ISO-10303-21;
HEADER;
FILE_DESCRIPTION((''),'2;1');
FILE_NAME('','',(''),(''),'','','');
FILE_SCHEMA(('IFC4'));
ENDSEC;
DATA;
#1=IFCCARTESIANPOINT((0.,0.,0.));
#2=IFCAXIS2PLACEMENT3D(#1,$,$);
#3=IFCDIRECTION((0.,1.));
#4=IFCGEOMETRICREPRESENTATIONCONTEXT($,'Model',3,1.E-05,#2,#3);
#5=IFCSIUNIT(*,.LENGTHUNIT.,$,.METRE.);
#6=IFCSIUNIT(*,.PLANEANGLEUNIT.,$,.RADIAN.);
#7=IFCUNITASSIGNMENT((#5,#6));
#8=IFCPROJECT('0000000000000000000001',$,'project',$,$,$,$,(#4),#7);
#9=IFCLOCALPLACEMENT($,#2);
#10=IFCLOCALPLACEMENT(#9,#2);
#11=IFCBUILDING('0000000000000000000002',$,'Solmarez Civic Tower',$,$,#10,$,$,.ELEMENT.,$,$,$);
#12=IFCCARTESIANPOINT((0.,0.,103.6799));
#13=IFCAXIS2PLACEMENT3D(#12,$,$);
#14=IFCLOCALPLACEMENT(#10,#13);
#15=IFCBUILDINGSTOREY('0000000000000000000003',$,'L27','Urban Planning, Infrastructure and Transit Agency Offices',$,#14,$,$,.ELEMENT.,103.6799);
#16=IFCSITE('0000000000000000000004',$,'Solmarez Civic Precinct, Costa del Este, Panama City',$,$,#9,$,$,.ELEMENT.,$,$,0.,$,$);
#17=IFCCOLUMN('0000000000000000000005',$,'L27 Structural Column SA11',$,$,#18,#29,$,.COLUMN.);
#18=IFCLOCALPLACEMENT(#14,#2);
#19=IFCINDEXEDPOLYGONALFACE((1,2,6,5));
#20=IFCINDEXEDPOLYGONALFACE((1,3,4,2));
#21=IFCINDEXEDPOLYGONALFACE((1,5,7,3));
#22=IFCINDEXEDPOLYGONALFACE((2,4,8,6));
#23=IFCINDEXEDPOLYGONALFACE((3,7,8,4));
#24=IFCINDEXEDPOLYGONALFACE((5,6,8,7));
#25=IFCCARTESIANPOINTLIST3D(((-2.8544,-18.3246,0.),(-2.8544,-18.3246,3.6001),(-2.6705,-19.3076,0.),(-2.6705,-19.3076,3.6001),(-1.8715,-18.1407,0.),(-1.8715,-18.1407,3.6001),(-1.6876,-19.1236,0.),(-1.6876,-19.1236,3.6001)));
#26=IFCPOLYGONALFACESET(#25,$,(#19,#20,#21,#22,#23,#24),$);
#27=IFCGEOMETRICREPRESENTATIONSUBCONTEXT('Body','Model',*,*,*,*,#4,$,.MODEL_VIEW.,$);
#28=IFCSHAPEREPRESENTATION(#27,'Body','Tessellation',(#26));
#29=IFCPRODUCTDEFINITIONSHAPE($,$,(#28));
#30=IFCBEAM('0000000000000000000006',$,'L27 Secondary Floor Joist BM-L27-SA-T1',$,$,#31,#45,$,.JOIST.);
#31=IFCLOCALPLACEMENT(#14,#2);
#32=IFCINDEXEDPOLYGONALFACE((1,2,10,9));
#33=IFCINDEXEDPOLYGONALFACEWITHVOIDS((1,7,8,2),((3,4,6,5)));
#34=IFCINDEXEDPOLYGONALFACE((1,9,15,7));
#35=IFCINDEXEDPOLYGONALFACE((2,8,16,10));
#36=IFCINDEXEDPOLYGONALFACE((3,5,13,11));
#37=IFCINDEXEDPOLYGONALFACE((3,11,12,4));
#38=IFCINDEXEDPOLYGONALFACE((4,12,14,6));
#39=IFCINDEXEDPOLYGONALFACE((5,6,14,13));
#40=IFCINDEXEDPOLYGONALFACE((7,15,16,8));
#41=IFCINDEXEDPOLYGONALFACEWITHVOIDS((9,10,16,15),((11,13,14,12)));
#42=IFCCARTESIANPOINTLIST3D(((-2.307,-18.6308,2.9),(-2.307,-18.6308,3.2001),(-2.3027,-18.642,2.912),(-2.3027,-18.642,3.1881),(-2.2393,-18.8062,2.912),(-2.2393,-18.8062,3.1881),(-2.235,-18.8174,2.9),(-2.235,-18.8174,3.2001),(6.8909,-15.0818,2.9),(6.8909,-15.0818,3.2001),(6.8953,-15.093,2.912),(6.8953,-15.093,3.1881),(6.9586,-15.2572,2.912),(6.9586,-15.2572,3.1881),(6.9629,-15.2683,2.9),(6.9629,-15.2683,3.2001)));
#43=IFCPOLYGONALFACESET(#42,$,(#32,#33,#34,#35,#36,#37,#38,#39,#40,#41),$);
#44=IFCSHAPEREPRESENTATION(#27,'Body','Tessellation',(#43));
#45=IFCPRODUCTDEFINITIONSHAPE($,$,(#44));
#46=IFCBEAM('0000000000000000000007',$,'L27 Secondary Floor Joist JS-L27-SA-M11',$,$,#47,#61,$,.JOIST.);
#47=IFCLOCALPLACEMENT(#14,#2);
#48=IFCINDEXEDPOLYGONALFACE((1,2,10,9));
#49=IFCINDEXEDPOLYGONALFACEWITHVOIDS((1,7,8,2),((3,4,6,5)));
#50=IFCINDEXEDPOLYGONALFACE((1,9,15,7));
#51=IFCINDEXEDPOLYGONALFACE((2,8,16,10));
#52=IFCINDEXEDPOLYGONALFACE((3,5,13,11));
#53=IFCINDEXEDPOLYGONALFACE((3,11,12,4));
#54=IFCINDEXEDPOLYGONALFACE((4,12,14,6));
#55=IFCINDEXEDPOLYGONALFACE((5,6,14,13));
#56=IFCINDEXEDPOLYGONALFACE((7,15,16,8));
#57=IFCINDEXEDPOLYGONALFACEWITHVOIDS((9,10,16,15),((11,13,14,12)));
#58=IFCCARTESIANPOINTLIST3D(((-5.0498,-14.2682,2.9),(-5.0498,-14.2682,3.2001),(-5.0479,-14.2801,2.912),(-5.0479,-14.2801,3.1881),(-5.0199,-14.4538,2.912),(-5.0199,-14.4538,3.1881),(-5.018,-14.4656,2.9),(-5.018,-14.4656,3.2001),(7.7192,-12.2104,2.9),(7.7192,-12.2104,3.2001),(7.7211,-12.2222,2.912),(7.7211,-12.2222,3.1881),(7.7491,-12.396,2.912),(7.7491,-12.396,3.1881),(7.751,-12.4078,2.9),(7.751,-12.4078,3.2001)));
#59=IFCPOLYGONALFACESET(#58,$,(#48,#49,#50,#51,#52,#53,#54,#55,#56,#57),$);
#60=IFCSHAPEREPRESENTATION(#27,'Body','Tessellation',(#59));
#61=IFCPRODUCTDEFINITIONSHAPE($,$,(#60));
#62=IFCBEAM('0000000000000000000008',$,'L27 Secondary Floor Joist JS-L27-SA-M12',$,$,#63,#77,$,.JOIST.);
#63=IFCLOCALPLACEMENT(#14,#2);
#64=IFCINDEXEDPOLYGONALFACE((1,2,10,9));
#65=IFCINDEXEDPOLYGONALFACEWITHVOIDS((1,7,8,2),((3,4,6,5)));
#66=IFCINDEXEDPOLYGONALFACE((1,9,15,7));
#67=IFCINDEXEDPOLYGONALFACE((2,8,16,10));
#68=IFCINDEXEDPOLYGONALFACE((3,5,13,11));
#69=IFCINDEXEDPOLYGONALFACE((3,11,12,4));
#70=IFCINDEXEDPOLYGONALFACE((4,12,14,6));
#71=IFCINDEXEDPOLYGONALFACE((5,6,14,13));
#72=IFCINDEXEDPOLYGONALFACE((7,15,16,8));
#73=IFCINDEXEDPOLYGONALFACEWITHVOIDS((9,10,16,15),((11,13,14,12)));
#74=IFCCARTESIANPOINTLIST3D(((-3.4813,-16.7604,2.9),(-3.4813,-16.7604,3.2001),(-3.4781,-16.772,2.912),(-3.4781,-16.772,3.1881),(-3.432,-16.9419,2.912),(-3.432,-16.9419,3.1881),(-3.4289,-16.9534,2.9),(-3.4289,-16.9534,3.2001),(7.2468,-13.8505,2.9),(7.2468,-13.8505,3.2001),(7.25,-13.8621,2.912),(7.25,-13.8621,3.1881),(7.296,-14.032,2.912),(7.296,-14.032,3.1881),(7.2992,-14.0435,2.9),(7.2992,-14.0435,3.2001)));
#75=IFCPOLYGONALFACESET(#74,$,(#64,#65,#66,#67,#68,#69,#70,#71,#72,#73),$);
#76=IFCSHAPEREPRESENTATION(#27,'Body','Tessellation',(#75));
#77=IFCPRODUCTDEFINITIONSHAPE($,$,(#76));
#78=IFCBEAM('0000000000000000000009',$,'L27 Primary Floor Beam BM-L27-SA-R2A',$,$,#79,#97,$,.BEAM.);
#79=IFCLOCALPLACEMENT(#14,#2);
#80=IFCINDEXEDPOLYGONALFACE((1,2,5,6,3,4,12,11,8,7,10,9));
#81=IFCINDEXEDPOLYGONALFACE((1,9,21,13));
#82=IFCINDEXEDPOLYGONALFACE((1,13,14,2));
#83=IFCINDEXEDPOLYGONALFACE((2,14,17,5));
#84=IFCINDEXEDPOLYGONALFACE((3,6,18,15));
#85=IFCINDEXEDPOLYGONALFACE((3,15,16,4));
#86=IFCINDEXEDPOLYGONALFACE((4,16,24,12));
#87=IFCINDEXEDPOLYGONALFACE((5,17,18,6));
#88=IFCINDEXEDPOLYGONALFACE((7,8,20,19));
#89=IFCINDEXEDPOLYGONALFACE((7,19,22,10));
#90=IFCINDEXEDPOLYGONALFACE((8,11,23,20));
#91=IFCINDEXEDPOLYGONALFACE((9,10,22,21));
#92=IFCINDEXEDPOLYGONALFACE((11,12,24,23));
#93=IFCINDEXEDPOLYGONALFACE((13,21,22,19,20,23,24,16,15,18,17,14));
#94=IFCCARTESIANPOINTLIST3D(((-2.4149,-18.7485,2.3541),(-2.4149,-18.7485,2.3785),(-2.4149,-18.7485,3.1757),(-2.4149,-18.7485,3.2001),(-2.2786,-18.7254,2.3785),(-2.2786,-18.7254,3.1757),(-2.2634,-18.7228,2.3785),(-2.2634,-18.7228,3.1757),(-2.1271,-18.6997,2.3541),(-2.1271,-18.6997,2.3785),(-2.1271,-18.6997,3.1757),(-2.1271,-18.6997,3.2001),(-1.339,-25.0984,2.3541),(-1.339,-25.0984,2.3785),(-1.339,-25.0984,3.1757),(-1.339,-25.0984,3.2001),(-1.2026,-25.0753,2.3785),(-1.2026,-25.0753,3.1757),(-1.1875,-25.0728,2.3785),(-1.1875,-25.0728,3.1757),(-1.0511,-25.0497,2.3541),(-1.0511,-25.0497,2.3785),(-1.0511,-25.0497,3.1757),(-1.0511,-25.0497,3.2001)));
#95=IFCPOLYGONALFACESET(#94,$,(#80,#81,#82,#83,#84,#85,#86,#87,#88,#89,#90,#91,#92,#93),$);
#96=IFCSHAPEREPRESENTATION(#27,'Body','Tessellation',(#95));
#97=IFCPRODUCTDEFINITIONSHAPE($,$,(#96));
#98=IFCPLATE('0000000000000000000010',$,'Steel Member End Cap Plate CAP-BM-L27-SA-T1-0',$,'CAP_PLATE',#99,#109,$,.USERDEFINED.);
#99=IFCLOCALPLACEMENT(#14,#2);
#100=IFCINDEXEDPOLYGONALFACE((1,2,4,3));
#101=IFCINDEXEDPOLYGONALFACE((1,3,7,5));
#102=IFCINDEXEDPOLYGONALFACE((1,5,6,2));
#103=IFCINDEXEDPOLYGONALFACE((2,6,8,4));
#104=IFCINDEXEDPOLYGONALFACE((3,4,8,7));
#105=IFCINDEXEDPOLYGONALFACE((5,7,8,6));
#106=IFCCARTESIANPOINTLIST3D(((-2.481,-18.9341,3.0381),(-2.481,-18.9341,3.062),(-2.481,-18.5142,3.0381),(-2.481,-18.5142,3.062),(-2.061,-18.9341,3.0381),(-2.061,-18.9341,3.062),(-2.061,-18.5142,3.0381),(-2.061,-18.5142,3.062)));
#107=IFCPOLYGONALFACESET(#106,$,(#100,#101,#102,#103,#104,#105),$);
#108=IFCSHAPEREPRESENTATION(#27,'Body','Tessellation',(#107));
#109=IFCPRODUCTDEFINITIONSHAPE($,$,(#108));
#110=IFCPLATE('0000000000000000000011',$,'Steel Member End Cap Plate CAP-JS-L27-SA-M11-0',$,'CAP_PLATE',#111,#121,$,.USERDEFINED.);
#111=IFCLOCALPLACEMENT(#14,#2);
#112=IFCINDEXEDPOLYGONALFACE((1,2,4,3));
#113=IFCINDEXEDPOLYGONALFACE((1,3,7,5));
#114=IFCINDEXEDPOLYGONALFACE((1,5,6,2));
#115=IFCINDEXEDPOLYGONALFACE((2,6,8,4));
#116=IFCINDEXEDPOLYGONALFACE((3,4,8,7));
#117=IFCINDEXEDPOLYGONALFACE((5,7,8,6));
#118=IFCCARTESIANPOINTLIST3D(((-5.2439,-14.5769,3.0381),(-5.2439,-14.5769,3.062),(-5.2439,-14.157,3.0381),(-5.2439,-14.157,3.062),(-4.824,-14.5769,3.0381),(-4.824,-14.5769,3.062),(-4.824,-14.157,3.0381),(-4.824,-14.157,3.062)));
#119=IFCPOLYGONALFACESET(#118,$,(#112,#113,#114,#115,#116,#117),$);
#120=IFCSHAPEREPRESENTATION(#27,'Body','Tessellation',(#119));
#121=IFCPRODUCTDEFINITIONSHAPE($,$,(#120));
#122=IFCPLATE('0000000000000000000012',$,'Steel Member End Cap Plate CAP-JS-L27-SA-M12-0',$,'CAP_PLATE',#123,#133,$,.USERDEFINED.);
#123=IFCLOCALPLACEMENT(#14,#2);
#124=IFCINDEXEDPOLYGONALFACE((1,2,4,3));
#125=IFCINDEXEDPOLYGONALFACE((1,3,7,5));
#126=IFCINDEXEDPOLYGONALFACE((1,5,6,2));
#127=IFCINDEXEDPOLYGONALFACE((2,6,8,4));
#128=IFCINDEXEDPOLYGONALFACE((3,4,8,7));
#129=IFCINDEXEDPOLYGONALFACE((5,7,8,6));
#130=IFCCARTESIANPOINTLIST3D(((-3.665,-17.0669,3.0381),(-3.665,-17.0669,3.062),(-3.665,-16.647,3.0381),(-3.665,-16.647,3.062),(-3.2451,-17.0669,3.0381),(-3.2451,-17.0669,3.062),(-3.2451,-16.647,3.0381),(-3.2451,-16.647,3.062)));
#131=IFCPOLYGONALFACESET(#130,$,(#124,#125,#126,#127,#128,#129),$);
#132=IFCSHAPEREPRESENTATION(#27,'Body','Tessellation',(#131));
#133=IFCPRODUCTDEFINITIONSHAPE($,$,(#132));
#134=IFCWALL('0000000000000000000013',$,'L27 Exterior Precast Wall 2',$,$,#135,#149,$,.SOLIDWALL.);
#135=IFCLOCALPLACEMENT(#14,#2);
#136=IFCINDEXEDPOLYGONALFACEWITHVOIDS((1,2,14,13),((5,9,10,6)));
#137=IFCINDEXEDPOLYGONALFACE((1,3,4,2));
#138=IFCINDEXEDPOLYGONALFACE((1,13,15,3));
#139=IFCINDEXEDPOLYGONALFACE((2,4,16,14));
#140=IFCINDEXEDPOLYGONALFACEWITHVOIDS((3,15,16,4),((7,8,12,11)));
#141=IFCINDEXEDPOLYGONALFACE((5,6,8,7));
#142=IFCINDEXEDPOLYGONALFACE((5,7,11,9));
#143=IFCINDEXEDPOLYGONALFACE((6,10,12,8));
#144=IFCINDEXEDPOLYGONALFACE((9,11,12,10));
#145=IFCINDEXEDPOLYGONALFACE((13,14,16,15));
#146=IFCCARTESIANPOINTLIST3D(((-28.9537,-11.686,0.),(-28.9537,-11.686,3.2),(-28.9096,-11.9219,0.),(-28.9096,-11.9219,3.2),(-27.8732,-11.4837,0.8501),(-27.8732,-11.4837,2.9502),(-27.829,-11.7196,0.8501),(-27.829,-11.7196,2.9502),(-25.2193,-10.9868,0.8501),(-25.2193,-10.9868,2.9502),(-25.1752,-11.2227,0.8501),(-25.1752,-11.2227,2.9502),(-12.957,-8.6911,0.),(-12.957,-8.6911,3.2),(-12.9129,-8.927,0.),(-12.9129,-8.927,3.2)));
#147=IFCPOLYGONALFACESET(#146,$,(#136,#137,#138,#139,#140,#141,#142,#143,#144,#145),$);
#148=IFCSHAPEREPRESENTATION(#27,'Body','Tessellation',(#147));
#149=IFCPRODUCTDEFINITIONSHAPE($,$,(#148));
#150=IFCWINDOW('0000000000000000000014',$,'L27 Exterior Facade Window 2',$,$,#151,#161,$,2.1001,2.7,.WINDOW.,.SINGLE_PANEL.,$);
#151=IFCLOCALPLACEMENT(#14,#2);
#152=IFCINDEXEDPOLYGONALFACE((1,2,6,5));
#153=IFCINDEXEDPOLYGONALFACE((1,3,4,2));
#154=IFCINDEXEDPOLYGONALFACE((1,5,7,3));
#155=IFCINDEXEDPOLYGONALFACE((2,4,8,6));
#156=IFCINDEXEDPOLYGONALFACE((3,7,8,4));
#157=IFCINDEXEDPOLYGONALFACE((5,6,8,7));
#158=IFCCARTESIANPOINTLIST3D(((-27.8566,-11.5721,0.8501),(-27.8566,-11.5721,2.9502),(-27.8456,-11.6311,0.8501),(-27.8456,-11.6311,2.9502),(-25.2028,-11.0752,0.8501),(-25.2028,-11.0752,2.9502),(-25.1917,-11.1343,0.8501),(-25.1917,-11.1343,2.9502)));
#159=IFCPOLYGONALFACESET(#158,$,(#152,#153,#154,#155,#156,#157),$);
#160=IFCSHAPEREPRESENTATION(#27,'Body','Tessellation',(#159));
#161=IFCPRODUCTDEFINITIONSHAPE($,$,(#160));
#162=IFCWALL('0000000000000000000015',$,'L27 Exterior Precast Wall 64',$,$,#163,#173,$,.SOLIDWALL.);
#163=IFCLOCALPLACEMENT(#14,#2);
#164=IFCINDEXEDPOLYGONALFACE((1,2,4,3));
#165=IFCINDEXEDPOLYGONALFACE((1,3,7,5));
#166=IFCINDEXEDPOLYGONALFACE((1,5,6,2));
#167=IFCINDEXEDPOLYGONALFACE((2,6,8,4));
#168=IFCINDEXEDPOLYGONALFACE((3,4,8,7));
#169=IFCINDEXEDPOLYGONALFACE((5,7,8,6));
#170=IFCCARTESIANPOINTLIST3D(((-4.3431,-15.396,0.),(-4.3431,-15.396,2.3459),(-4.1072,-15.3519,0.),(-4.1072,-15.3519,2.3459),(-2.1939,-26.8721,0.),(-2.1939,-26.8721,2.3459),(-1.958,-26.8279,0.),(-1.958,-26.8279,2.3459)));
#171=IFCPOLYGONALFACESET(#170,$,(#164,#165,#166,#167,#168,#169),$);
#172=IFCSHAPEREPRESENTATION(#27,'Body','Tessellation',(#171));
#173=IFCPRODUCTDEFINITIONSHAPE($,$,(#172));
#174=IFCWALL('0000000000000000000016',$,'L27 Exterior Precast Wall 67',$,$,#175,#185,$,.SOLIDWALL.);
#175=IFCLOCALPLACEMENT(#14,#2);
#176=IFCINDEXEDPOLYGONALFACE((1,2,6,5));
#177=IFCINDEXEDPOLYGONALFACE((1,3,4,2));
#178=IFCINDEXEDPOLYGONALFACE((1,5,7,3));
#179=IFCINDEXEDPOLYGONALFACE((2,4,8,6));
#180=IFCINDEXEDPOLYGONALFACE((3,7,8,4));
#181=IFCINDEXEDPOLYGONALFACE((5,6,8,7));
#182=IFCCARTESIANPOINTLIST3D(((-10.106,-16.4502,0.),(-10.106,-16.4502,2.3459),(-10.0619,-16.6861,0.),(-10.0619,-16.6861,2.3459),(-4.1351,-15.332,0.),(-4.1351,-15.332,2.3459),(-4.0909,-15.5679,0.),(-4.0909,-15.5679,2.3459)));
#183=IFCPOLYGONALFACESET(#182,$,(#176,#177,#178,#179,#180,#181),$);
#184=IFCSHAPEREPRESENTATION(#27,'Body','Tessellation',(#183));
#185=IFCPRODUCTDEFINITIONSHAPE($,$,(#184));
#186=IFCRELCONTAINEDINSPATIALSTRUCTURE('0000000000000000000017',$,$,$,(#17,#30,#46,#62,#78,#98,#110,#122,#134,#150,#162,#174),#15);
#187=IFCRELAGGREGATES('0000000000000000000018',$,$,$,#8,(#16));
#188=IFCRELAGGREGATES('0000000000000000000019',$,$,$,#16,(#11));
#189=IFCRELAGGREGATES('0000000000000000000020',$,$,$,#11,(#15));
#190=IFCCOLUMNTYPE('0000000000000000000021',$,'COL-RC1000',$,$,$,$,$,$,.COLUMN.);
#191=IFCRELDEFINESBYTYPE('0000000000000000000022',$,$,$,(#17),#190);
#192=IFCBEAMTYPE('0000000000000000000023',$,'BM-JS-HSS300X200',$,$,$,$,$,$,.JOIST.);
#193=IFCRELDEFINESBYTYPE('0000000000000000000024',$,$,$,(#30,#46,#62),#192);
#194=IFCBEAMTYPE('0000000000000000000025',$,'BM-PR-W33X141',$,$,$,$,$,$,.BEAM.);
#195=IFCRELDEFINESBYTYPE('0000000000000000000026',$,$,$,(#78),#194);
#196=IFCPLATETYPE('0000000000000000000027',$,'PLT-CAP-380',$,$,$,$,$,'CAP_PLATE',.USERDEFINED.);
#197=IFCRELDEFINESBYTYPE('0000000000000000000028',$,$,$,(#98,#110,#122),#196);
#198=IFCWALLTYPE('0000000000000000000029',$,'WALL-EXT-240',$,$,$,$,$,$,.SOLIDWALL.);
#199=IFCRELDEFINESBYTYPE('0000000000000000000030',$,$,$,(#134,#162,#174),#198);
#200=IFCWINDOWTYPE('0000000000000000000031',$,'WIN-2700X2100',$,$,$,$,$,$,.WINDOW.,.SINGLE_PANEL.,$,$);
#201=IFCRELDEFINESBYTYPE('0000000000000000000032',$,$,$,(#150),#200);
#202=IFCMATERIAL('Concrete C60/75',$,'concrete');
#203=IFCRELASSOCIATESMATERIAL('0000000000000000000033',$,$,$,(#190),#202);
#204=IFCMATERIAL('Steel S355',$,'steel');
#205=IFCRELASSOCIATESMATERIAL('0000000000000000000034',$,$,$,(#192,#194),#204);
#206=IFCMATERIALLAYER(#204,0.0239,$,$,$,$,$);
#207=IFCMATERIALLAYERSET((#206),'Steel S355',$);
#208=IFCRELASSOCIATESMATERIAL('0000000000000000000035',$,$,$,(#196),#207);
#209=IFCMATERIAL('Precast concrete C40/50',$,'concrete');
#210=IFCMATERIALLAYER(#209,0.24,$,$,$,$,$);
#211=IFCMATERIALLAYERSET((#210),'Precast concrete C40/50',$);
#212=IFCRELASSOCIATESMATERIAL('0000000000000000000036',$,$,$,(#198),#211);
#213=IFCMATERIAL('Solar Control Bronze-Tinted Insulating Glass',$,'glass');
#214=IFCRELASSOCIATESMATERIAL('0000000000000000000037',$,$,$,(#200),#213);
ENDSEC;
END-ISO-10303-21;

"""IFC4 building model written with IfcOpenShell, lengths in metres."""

from ifc_helpers import new_model, si_unit, direction, frame, frame_2d, origin, origin_2d, place, context, subcontext, project, spatial, rectangle, hollow_rectangle, i_section, extrude, material, layer, layer_set, material_profile, profile_set, type_object, element, fill, save


model = new_model("IFC4")

# Units and contexts
model_context = context("Model", 3, precision=1e-05, world=origin(), true_north=direction((0.0, 1.0)))
body_context = subcontext(model_context, "Body", "Model", "MODEL_VIEW")
ifc_project = project(units=[si_unit("LENGTHUNIT", "METRE"), si_unit("PLANEANGLEUNIT", "RADIAN")], contexts=[model_context])

# Site, building, storey
site_placement = place(None, origin())
site = spatial("IfcSite", under=ifc_project, at=site_placement, Name="Solmarez Civic Precinct, Costa del Este, Panama City", CompositionType="ELEMENT", RefElevation=0.0)
building_placement = place(site_placement, origin())
building = spatial("IfcBuilding", under=site, at=building_placement, Name="Solmarez Civic Tower", CompositionType="ELEMENT")
storey_placement = place(building_placement, frame((0.0, 0.0, 103.6799)))
storey = spatial("IfcBuildingStorey", under=building, at=storey_placement, Name="L27", Description="Urban Planning, Infrastructure and Transit Agency Offices", CompositionType="ELEMENT", Elevation=103.6799)

# Column
ifc_material_1 = material(Name="Concrete C60/75", Category="concrete")
ifc_material_profile_1 = material_profile(ifc_material_1, rectangle(XDim=1.0, YDim=1.0, at=origin_2d()), Name="RC1000X1000")
ifc_profile_set_1 = profile_set([ifc_material_profile_1], Name="Concrete C60/75")
column_type = type_object("IfcColumnType", Name="COL-RC1000", PredefinedType="COLUMN", material=ifc_profile_set_1)
column_placement = place(storey_placement, frame((-2.271, -18.7241, 0.0), z_axis=(0.0, 0.0, 1.0), x_axis=(0.982935, 0.183951, 0.0)))
element("IfcColumn", 1, at=column_placement, inside=storey, type_object=column_type, Name="L27 Structural Column SA11", PredefinedType="COLUMN", context=body_context, shape_type="SweptSolid", body=[
    extrude(rectangle(XDim=1.0, YDim=1.0, at=origin_2d()), origin(), (0.0, 0.0, 1.0), 3.6001),
])

# Beams
ifc_material_2 = material(Name="Steel S355", Category="steel")
ifc_material_profile_2 = material_profile(ifc_material_2, hollow_rectangle(XDim=0.2, YDim=0.3, WallThickness=0.012, at=origin_2d()), Name="HSS300X200X12")
ifc_profile_set_2 = profile_set([ifc_material_profile_2], Name="Steel S355")
beam_type_1 = type_object("IfcBeamType", Name="BM-JS-HSS300X200", PredefinedType="JOIST", material=ifc_profile_set_2)
beam_1_placement = place(storey_placement, frame((-2.271, -18.7241, 3.05), z_axis=(0.932958, 0.359984, 0.0), x_axis=(-0.359984, 0.932958, 0.0)))
element("IfcBeam", 2, at=beam_1_placement, inside=storey, type_object=beam_type_1, Name="L27 Secondary Floor Joist BM-L27-SA-T1", PredefinedType="JOIST", context=body_context, shape_type="SweptSolid", body=[
    extrude(hollow_rectangle(XDim=0.2, YDim=0.3, WallThickness=0.012, at=origin_2d()), origin(), (0.0, 0.0, 1.0), 9.8589),
])
beam_2_placement = place(storey_placement, frame((-5.0339, -14.3669, 3.05), z_axis=(0.987261, 0.159107, 0.0), x_axis=(-0.159107, 0.987261, 0.0)))
element("IfcBeam", 3, at=beam_2_placement, inside=storey, type_object=beam_type_1, Name="L27 Secondary Floor Joist JS-L27-SA-M11", PredefinedType="JOIST", context=body_context, shape_type="SweptSolid", body=[
    extrude(hollow_rectangle(XDim=0.2, YDim=0.3, WallThickness=0.012, at=origin_2d()), origin(), (0.0, 0.0, 1.0), 12.9338),
])
beam_3_placement = place(storey_placement, frame((-3.4551, -16.8569, 3.05), z_axis=(0.965126, 0.261785, 0.0), x_axis=(-0.261785, 0.965126, 0.0)))
element("IfcBeam", 4, at=beam_3_placement, inside=storey, type_object=beam_type_1, Name="L27 Secondary Floor Joist JS-L27-SA-M12", PredefinedType="JOIST", context=body_context, shape_type="SweptSolid", body=[
    extrude(hollow_rectangle(XDim=0.2, YDim=0.3, WallThickness=0.012, at=origin_2d()), origin(), (0.0, 0.0, 1.0), 11.1157),
])
ifc_material_profile_3 = material_profile(ifc_material_2, i_section(OverallWidth=0.292, OverallDepth=0.8459, WebThickness=0.0154, FlangeThickness=0.0244, at=origin_2d()), Name="W33X141")
ifc_profile_set_3 = profile_set([ifc_material_profile_3], Name="Steel S355")
beam_type_2 = type_object("IfcBeamType", Name="BM-PR-W33X141", PredefinedType="BEAM", material=ifc_profile_set_3)
beam_4_placement = place(storey_placement, frame((-2.271, -18.7241, 2.7771), z_axis=(0.16706, -0.985947, 0.0), x_axis=(0.985947, 0.16706, 0.0)))
element("IfcBeam", 5, at=beam_4_placement, inside=storey, type_object=beam_type_2, Name="L27 Primary Floor Beam BM-L27-SA-R2A", PredefinedType="BEAM", context=body_context, shape_type="SweptSolid", body=[
    extrude(i_section(OverallWidth=0.292, OverallDepth=0.8459, WebThickness=0.0154, FlangeThickness=0.0244, at=origin_2d()), origin(), (0.0, 0.0, 1.0), 6.4404),
])

# Plates
ifc_layer_1 = layer(ifc_material_2, 0.0239)
ifc_layer_set_1 = layer_set([ifc_layer_1], Name="Steel S355")
plate_type = type_object("IfcPlateType", Name="PLT-CAP-380", ElementType="CAP_PLATE", PredefinedType="USERDEFINED", material=ifc_layer_set_1)
for number, where, z_axis, x_axis, name in (
    (6, (-2.271, -18.7241, 3.0381), (0.0, 0.0, 1.0), (1.0, 0.0, 0.0), "Steel Member End Cap Plate CAP-BM-L27-SA-T1-0"),
    (7, (-5.0339, -14.3669, 3.0381), (0.0, 0.0, 1.0), (1.0, 0.0, 0.0), "Steel Member End Cap Plate CAP-JS-L27-SA-M11-0"),
    (8, (-3.4551, -16.8569, 3.0381), (0.0, 0.0, 1.0), (1.0, 0.0, 0.0), "Steel Member End Cap Plate CAP-JS-L27-SA-M12-0"),
):
    element("IfcPlate", number, at=place(storey_placement, frame(where, z_axis=z_axis, x_axis=x_axis)), inside=storey, type_object=plate_type, Name=name, ObjectType="CAP_PLATE", PredefinedType="USERDEFINED", context=body_context, shape_type="SweptSolid", body=[
        extrude(rectangle(XDim=0.4199, YDim=0.4199, at=origin_2d()), origin(), (0.0, 0.0, 1.0), 0.0239),
    ])

# Wall, opening, window
ifc_material_3 = material(Name="Precast concrete C40/50", Category="concrete")
ifc_layer_2 = layer(ifc_material_3, 0.24)
ifc_layer_set_2 = layer_set([ifc_layer_2], Name="Precast concrete C40/50")
wall_type_1 = type_object("IfcWallType", Name="WALL-EXT-240", PredefinedType="SOLIDWALL", material=ifc_layer_set_2)
wall_1_placement = place(storey_placement, frame((-12.9351, -8.8091, 0.0), z_axis=(0.0, 0.0, 1.0), x_axis=(-0.982923, -0.18402, 0.0)))
wall_1 = element("IfcWall", 9, at=wall_1_placement, inside=storey, type_object=wall_type_1, Name="L27 Exterior Precast Wall 2", PredefinedType="SOLIDWALL", context=body_context, shape_type="SweptSolid", body=[
    extrude(rectangle(XDim=16.2747, YDim=0.24, at=frame_2d((8.1372, 0.0))), origin(), (0.0, 0.0, 1.0), 3.2),
])
opening_placement = place(wall_1_placement, frame((12.4751, 0.0, 0.8501)))
opening = element("IfcOpeningElement", 10, at=opening_placement, cuts=wall_1, PredefinedType="OPENING", context=body_context, shape_type="SweptSolid", body=[
    extrude(rectangle(XDim=2.7, YDim=2.1001, at=frame_2d((1.3501, 1.05))), frame((0.0, 0.1299, 0.0), z_axis=(0.0, -1.0, 0.0), x_axis=(1.0, 0.0, 0.0)), (0.0, 0.0, 1.0), 0.26),
])
ifc_material_4 = material(Name="Solar Control Bronze-Tinted Insulating Glass", Category="glass")
window_type = type_object("IfcWindowType", Name="WIN-2700X2100", PartitioningType="SINGLE_PANEL", PredefinedType="WINDOW", material=ifc_material_4)
window_placement = place(opening_placement, origin())
window = element("IfcWindow", 11, at=window_placement, inside=storey, type_object=window_type, Name="L27 Exterior Facade Window 2", OverallHeight=2.1001, OverallWidth=2.7, PartitioningType="SINGLE_PANEL", PredefinedType="WINDOW", context=body_context, shape_type="SweptSolid", body=[
    extrude(rectangle(XDim=2.7, YDim=2.1001, at=frame_2d((1.3501, 1.05))), frame((0.0, 0.03, 0.0), z_axis=(0.0, -1.0, 0.0), x_axis=(1.0, 0.0, 0.0)), (0.0, 0.0, 1.0), 0.0601),
])
fill(opening, window)

# Walls
wall_2_placement = place(storey_placement, frame((-2.0759, -26.8501, 0.0), z_axis=(0.0, 0.0, 1.0), x_axis=(-0.184074, 0.982912, 0.0)))
element("IfcWall", 12, at=wall_2_placement, inside=storey, type_object=wall_type_1, Name="L27 Exterior Precast Wall 64", PredefinedType="SOLIDWALL", context=body_context, shape_type="SweptSolid", body=[
    extrude(rectangle(XDim=11.6755, YDim=0.24, at=frame_2d((5.8379, 0.0))), origin(), (0.0, 0.0, 1.0), 2.3459),
])
wall_3_placement = place(storey_placement, frame((-4.113, -15.45, 0.0), z_axis=(0.0, 0.0, 1.0), x_axis=(-0.982914, -0.184068, 0.0)))
element("IfcWall", 13, at=wall_3_placement, inside=storey, type_object=wall_type_1, Name="L27 Exterior Precast Wall 67", PredefinedType="SOLIDWALL", context=body_context, shape_type="SweptSolid", body=[
    extrude(rectangle(XDim=6.0747, YDim=0.24, at=frame_2d((3.0374, 0.0))), origin(), (0.0, 0.0, 1.0), 2.3459),
])

save(model, "model.ifc")
